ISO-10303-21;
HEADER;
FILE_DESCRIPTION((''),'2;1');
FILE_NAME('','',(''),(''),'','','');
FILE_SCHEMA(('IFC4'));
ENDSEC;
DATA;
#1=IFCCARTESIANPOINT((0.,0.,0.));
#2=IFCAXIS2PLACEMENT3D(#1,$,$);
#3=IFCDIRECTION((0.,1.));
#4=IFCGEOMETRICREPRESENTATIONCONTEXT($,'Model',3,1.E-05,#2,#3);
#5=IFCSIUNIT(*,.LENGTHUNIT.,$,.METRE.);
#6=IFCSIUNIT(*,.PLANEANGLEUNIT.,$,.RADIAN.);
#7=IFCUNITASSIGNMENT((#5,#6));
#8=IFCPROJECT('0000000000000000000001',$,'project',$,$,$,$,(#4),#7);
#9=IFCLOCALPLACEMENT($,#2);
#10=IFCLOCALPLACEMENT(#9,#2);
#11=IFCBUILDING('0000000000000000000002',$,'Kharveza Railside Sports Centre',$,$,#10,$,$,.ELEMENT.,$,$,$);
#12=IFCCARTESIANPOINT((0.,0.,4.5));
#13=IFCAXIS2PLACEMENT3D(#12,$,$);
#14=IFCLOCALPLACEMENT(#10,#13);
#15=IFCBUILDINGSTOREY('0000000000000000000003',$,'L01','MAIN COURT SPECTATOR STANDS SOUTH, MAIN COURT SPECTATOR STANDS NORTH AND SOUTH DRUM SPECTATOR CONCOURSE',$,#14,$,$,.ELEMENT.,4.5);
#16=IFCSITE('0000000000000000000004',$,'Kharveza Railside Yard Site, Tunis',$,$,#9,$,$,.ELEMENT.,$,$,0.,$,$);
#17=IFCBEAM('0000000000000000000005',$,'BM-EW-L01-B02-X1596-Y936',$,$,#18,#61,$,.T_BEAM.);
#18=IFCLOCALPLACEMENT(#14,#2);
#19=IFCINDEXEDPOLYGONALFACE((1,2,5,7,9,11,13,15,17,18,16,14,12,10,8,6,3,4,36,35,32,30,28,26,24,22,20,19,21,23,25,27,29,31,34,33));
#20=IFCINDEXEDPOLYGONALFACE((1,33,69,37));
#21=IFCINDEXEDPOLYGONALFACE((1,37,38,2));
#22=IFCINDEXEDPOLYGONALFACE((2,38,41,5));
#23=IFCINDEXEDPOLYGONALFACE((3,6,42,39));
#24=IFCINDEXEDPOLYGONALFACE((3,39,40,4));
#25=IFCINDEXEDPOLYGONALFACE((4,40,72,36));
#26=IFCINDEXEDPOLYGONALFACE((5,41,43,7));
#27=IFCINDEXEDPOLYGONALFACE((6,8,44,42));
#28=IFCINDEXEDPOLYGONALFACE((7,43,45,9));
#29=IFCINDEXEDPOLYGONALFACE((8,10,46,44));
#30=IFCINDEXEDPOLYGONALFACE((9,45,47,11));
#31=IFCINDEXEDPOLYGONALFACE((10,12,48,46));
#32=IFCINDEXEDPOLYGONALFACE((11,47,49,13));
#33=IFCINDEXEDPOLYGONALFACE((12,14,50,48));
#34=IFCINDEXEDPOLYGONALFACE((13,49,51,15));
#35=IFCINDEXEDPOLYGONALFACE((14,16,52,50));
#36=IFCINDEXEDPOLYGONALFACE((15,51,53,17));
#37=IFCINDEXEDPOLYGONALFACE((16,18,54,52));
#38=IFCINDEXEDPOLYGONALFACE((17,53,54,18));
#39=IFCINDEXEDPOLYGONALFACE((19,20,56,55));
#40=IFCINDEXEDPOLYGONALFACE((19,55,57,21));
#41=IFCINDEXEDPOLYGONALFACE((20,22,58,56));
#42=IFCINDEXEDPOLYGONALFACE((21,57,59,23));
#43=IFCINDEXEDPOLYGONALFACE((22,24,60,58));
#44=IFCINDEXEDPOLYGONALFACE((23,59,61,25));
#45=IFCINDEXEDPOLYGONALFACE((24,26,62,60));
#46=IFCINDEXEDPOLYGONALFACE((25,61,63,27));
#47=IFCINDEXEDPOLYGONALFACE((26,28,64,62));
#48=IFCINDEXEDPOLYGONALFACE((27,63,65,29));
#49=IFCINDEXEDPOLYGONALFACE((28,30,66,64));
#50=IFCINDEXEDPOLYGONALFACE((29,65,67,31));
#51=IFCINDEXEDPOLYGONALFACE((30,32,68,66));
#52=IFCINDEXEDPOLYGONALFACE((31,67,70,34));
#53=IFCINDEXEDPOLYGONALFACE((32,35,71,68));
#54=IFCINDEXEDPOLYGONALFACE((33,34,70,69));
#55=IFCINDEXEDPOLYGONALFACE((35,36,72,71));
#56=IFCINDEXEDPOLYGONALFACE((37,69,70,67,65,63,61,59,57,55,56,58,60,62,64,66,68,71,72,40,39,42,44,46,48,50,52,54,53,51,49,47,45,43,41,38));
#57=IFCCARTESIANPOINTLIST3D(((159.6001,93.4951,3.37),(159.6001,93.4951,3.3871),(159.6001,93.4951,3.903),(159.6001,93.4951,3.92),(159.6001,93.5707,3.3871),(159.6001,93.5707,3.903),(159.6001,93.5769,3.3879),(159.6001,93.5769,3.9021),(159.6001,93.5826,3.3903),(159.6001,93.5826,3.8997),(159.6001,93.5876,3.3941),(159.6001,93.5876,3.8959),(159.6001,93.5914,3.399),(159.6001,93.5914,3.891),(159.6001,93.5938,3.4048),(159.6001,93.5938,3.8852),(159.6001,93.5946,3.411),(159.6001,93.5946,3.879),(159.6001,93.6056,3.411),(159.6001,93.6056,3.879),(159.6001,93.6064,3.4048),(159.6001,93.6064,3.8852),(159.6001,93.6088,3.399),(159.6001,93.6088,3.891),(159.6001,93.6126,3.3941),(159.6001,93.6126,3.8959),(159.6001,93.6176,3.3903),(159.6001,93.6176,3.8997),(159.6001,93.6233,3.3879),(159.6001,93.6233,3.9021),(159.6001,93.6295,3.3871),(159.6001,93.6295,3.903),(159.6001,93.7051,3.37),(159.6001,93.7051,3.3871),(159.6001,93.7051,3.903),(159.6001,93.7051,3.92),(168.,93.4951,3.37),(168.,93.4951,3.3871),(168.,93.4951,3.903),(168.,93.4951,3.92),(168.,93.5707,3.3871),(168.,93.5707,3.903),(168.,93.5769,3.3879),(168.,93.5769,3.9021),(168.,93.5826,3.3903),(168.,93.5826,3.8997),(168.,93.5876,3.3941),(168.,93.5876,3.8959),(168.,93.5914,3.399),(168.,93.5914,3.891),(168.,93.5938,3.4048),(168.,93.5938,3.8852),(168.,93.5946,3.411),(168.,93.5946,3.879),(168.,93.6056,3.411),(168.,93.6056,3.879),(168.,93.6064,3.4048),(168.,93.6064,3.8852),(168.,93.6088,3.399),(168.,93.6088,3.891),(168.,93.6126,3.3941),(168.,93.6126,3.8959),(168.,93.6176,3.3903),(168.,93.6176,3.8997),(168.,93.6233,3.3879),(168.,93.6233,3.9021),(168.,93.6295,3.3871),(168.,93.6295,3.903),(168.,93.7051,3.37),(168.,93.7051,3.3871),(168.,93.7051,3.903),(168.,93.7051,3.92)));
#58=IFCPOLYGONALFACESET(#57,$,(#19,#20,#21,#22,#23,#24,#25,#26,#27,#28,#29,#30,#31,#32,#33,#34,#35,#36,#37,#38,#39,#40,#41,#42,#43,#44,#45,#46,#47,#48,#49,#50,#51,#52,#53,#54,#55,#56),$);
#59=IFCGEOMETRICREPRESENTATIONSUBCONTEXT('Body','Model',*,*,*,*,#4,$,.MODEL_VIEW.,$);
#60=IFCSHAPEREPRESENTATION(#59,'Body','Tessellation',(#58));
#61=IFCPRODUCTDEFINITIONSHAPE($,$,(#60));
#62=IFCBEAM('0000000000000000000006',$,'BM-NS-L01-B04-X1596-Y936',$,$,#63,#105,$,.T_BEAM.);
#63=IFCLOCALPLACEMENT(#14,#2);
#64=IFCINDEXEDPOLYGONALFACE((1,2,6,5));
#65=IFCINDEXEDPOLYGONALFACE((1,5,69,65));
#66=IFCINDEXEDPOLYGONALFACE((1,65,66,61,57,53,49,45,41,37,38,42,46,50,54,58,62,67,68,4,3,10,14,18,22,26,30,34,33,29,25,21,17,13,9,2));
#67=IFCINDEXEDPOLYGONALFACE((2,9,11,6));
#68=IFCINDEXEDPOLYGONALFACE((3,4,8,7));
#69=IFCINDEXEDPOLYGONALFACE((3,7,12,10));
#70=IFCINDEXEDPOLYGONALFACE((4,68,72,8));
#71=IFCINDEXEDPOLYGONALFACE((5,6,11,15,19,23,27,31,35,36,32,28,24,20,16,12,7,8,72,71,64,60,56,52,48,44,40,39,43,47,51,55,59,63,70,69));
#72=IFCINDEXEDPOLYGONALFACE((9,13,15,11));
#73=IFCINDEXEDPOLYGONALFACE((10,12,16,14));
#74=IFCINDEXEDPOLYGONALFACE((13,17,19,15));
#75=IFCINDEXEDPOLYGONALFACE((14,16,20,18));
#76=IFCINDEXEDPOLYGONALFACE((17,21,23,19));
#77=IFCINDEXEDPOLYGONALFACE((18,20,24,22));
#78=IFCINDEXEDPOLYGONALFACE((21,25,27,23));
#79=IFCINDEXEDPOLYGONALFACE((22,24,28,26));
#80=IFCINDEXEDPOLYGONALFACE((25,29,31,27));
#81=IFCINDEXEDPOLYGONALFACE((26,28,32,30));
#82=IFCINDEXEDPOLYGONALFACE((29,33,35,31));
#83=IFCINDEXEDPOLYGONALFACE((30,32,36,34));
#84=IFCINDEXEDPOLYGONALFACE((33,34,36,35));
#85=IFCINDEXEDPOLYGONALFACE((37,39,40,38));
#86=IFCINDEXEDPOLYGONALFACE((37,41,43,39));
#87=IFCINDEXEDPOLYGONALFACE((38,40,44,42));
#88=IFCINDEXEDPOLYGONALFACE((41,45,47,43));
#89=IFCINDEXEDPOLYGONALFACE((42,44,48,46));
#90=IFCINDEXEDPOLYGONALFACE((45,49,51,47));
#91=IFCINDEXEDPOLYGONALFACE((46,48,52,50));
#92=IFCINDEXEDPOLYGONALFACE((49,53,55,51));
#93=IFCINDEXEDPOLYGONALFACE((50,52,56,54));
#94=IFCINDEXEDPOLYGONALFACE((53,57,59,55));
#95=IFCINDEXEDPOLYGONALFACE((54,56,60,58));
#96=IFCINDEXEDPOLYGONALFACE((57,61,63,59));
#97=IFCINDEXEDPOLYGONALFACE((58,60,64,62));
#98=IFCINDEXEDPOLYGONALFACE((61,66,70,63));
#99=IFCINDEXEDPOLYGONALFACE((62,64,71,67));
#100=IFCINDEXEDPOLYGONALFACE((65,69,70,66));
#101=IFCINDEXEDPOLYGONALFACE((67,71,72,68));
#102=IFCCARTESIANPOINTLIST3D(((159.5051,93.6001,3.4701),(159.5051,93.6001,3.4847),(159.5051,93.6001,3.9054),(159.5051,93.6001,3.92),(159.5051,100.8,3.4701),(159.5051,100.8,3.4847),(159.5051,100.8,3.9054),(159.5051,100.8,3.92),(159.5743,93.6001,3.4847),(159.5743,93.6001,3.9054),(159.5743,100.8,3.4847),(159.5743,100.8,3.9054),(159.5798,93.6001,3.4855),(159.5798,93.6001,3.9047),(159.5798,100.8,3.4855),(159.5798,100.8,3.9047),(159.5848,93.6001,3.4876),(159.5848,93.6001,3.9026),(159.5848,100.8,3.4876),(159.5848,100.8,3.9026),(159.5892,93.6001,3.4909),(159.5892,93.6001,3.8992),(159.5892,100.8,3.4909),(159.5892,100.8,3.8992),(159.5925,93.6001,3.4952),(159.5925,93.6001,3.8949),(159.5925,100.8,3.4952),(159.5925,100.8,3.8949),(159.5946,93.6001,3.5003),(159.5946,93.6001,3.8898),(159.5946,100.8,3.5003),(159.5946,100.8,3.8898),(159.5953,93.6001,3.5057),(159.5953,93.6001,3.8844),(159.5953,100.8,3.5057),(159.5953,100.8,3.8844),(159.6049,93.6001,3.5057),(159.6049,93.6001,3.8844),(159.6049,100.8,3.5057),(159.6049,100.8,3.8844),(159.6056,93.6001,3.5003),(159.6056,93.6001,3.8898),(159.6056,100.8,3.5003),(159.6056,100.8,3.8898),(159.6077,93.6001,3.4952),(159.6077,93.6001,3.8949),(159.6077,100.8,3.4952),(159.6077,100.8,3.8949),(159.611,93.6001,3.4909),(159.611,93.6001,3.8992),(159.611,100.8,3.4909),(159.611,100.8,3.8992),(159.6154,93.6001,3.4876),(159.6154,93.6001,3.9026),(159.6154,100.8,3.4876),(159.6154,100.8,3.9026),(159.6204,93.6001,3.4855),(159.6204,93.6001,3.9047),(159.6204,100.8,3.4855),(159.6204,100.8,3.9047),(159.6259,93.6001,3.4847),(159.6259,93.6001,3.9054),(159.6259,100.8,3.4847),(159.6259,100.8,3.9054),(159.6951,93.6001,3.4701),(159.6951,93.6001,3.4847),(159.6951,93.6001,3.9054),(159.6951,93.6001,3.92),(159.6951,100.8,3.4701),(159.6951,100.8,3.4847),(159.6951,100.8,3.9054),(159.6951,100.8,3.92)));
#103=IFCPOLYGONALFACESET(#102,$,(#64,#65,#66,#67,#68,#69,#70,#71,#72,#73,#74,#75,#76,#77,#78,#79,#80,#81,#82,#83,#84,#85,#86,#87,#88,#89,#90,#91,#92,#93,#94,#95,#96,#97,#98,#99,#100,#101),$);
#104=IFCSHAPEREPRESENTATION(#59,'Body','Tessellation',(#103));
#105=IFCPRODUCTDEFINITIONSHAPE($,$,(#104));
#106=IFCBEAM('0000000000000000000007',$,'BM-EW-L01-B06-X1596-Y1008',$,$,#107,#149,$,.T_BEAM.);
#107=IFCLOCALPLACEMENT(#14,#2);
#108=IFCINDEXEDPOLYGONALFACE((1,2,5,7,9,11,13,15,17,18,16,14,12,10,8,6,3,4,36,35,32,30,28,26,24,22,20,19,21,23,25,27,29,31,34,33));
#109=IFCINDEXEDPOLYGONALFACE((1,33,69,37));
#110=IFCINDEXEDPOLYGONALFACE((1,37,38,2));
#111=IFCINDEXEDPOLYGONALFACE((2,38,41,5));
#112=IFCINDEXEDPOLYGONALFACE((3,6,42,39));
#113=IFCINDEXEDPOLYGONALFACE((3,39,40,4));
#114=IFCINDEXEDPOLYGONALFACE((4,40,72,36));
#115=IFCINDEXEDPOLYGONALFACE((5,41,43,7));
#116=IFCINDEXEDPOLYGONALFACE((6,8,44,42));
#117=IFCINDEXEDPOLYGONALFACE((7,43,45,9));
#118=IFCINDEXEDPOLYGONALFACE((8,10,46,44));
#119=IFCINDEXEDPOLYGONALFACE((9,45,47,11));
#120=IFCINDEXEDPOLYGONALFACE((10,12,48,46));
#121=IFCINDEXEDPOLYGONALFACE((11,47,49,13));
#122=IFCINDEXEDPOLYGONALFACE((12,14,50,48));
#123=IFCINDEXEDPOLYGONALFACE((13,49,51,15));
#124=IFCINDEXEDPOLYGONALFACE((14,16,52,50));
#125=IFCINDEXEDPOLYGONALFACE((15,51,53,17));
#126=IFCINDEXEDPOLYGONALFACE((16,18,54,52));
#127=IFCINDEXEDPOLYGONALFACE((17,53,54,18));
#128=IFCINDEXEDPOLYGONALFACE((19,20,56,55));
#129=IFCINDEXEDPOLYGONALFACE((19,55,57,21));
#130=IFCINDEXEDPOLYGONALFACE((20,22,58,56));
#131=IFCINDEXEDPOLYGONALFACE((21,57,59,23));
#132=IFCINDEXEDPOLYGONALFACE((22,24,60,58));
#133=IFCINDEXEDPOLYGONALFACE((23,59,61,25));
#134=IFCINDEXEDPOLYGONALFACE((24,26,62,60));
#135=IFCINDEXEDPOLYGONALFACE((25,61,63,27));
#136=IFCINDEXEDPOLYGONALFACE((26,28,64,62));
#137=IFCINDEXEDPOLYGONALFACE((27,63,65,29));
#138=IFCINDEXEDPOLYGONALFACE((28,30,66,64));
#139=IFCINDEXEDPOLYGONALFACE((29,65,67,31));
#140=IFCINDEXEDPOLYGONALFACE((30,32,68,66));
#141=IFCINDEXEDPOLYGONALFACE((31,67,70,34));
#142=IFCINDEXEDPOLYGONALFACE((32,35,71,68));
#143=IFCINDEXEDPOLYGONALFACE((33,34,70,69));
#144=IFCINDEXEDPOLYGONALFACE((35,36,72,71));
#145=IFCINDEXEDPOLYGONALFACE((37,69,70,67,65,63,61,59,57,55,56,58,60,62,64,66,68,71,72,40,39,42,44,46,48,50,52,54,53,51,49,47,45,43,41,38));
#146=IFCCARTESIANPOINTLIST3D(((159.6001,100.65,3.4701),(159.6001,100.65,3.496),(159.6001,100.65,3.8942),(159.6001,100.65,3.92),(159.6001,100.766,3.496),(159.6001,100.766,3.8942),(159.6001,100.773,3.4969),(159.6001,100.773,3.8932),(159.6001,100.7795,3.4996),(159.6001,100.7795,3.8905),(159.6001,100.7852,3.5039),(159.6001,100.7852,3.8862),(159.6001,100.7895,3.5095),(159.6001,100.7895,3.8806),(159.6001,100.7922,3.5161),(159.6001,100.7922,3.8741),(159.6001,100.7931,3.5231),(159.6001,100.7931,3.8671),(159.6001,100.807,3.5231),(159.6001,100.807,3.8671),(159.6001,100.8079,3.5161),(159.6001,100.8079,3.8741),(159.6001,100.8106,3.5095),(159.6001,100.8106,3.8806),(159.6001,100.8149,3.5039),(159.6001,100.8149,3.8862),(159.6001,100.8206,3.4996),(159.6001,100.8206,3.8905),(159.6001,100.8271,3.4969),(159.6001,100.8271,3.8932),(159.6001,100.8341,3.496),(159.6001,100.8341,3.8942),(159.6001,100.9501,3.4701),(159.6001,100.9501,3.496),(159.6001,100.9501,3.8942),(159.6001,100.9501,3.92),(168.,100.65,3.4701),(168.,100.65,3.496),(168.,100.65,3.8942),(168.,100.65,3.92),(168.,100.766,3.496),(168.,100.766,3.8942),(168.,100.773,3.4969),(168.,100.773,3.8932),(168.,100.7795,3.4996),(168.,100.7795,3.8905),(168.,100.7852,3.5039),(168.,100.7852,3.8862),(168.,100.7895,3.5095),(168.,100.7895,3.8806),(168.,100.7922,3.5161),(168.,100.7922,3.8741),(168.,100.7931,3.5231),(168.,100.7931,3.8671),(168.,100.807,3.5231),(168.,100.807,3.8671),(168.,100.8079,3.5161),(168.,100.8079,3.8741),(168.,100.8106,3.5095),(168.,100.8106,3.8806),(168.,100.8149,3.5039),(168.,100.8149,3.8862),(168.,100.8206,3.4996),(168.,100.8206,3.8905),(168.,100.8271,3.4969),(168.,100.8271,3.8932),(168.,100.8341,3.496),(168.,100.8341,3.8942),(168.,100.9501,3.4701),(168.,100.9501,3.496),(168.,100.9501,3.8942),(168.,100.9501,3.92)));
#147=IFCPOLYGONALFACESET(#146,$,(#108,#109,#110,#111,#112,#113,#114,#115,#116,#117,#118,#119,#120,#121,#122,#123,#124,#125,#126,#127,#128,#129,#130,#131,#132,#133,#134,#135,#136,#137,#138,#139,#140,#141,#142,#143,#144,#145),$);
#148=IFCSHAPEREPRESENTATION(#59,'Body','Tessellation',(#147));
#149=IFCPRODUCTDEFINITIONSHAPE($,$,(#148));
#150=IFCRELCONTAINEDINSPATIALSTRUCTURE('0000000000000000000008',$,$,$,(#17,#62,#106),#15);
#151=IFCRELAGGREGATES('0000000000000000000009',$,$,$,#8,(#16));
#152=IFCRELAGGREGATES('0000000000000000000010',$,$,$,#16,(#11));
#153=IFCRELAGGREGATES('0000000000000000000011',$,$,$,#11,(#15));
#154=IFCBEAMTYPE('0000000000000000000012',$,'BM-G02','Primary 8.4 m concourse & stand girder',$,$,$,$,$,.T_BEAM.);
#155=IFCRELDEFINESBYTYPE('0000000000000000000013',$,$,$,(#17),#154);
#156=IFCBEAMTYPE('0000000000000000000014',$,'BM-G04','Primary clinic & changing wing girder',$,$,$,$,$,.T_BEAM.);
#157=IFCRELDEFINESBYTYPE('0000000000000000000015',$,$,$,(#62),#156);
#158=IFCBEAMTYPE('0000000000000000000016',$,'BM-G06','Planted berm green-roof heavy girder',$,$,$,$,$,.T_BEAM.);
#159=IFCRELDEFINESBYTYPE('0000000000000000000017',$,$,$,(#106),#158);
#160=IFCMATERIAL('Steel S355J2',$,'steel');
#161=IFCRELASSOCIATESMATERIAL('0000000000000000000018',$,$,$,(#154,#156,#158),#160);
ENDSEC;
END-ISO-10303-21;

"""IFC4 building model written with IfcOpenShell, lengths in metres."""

from ifc_helpers import new_model, si_unit, direction, frame, origin, origin_2d, place, context, subcontext, project, spatial, i_section, extrude, material, material_profile, profile_set, type_object, element, save


model = new_model("IFC4")

# Units and contexts
model_context = context("Model", 3, precision=1e-05, world=origin(), true_north=direction((0.0, 1.0)))
body_context = subcontext(model_context, "Body", "Model", "MODEL_VIEW")
ifc_project = project(units=[si_unit("LENGTHUNIT", "METRE"), si_unit("PLANEANGLEUNIT", "RADIAN")], contexts=[model_context])

# Site, building, storey
site_placement = place(None, origin())
site = spatial("IfcSite", under=ifc_project, at=site_placement, Name="Kharveza Railside Yard Site, Tunis", CompositionType="ELEMENT", RefElevation=0.0)
building_placement = place(site_placement, origin())
building = spatial("IfcBuilding", under=site, at=building_placement, Name="Kharveza Railside Sports Centre", CompositionType="ELEMENT")
storey_placement = place(building_placement, frame((0.0, 0.0, 4.5)))
storey = spatial("IfcBuildingStorey", under=building, at=storey_placement, Name="L01", Description="MAIN COURT SPECTATOR STANDS SOUTH, MAIN COURT SPECTATOR STANDS NORTH AND SOUTH DRUM SPECTATOR CONCOURSE", CompositionType="ELEMENT", Elevation=4.5)

# Shared definitions
ifc_material_1 = material(Name="Steel S355J2", Category="steel")

# Beams
ifc_material_profile_1 = material_profile(ifc_material_1, i_section(OverallWidth=0.21, OverallDepth=0.55, WebThickness=0.011, FlangeThickness=0.0171, FilletRadius=0.0239, at=origin_2d()), Name="IPE 550")
ifc_profile_set_1 = profile_set([ifc_material_profile_1], Name="Steel S355J2")
beam_type_1 = type_object("IfcBeamType", Name="BM-G02", Description="Primary 8.4 m concourse & stand girder", PredefinedType="T_BEAM", material=ifc_profile_set_1)
beam_1_placement = place(storey_placement, frame((159.6001, 93.6001, 3.645), z_axis=(1.0, 0.0, 0.0), x_axis=(0.0, 1.0, 0.0)))
element("IfcBeam", 1, at=beam_1_placement, inside=storey, type_object=beam_type_1, Name="BM-EW-L01-B02-X1596-Y936", PredefinedType="T_BEAM", context=body_context, shape_type="SweptSolid", body=[
    extrude(i_section(OverallWidth=0.21, OverallDepth=0.55, WebThickness=0.011, FlangeThickness=0.0171, FilletRadius=0.0239, at=origin_2d()), origin(), (0.0, 0.0, 1.0), 8.3999),
])
ifc_material_profile_2 = material_profile(ifc_material_1, i_section(OverallWidth=0.1899, OverallDepth=0.45, WebThickness=0.0095, FlangeThickness=0.0146, FilletRadius=0.021, at=origin_2d()), Name="IPE 450")
ifc_profile_set_2 = profile_set([ifc_material_profile_2], Name="Steel S355J2")
beam_type_2 = type_object("IfcBeamType", Name="BM-G04", Description="Primary clinic & changing wing girder", PredefinedType="T_BEAM", material=ifc_profile_set_2)
beam_2_placement = place(storey_placement, frame((159.6001, 93.6001, 3.6951), z_axis=(0.0, 1.0, 0.0), x_axis=(-1.0, 0.0, 0.0)))
element("IfcBeam", 2, at=beam_2_placement, inside=storey, type_object=beam_type_2, Name="BM-NS-L01-B04-X1596-Y936", PredefinedType="T_BEAM", context=body_context, shape_type="SweptSolid", body=[
    extrude(i_section(OverallWidth=0.1899, OverallDepth=0.45, WebThickness=0.0095, FlangeThickness=0.0146, FilletRadius=0.021, at=origin_2d()), origin(), (0.0, 0.0, 1.0), 7.2),
])
ifc_material_profile_3 = material_profile(ifc_material_1, i_section(OverallWidth=0.3, OverallDepth=0.45, WebThickness=0.0139, FlangeThickness=0.0259, FilletRadius=0.0271, at=origin_2d()), Name="HEB 450")
ifc_profile_set_3 = profile_set([ifc_material_profile_3], Name="Steel S355J2")
beam_type_3 = type_object("IfcBeamType", Name="BM-G06", Description="Planted berm green-roof heavy girder", PredefinedType="T_BEAM", material=ifc_profile_set_3)
beam_3_placement = place(storey_placement, frame((159.6001, 100.8, 3.6951), z_axis=(1.0, 0.0, 0.0), x_axis=(0.0, 1.0, 0.0)))
element("IfcBeam", 3, at=beam_3_placement, inside=storey, type_object=beam_type_3, Name="BM-EW-L01-B06-X1596-Y1008", PredefinedType="T_BEAM", context=body_context, shape_type="SweptSolid", body=[
    extrude(i_section(OverallWidth=0.3, OverallDepth=0.45, WebThickness=0.0139, FlangeThickness=0.0259, FilletRadius=0.0271, at=origin_2d()), origin(), (0.0, 0.0, 1.0), 8.3999),
])

save(model, "model.ifc")
